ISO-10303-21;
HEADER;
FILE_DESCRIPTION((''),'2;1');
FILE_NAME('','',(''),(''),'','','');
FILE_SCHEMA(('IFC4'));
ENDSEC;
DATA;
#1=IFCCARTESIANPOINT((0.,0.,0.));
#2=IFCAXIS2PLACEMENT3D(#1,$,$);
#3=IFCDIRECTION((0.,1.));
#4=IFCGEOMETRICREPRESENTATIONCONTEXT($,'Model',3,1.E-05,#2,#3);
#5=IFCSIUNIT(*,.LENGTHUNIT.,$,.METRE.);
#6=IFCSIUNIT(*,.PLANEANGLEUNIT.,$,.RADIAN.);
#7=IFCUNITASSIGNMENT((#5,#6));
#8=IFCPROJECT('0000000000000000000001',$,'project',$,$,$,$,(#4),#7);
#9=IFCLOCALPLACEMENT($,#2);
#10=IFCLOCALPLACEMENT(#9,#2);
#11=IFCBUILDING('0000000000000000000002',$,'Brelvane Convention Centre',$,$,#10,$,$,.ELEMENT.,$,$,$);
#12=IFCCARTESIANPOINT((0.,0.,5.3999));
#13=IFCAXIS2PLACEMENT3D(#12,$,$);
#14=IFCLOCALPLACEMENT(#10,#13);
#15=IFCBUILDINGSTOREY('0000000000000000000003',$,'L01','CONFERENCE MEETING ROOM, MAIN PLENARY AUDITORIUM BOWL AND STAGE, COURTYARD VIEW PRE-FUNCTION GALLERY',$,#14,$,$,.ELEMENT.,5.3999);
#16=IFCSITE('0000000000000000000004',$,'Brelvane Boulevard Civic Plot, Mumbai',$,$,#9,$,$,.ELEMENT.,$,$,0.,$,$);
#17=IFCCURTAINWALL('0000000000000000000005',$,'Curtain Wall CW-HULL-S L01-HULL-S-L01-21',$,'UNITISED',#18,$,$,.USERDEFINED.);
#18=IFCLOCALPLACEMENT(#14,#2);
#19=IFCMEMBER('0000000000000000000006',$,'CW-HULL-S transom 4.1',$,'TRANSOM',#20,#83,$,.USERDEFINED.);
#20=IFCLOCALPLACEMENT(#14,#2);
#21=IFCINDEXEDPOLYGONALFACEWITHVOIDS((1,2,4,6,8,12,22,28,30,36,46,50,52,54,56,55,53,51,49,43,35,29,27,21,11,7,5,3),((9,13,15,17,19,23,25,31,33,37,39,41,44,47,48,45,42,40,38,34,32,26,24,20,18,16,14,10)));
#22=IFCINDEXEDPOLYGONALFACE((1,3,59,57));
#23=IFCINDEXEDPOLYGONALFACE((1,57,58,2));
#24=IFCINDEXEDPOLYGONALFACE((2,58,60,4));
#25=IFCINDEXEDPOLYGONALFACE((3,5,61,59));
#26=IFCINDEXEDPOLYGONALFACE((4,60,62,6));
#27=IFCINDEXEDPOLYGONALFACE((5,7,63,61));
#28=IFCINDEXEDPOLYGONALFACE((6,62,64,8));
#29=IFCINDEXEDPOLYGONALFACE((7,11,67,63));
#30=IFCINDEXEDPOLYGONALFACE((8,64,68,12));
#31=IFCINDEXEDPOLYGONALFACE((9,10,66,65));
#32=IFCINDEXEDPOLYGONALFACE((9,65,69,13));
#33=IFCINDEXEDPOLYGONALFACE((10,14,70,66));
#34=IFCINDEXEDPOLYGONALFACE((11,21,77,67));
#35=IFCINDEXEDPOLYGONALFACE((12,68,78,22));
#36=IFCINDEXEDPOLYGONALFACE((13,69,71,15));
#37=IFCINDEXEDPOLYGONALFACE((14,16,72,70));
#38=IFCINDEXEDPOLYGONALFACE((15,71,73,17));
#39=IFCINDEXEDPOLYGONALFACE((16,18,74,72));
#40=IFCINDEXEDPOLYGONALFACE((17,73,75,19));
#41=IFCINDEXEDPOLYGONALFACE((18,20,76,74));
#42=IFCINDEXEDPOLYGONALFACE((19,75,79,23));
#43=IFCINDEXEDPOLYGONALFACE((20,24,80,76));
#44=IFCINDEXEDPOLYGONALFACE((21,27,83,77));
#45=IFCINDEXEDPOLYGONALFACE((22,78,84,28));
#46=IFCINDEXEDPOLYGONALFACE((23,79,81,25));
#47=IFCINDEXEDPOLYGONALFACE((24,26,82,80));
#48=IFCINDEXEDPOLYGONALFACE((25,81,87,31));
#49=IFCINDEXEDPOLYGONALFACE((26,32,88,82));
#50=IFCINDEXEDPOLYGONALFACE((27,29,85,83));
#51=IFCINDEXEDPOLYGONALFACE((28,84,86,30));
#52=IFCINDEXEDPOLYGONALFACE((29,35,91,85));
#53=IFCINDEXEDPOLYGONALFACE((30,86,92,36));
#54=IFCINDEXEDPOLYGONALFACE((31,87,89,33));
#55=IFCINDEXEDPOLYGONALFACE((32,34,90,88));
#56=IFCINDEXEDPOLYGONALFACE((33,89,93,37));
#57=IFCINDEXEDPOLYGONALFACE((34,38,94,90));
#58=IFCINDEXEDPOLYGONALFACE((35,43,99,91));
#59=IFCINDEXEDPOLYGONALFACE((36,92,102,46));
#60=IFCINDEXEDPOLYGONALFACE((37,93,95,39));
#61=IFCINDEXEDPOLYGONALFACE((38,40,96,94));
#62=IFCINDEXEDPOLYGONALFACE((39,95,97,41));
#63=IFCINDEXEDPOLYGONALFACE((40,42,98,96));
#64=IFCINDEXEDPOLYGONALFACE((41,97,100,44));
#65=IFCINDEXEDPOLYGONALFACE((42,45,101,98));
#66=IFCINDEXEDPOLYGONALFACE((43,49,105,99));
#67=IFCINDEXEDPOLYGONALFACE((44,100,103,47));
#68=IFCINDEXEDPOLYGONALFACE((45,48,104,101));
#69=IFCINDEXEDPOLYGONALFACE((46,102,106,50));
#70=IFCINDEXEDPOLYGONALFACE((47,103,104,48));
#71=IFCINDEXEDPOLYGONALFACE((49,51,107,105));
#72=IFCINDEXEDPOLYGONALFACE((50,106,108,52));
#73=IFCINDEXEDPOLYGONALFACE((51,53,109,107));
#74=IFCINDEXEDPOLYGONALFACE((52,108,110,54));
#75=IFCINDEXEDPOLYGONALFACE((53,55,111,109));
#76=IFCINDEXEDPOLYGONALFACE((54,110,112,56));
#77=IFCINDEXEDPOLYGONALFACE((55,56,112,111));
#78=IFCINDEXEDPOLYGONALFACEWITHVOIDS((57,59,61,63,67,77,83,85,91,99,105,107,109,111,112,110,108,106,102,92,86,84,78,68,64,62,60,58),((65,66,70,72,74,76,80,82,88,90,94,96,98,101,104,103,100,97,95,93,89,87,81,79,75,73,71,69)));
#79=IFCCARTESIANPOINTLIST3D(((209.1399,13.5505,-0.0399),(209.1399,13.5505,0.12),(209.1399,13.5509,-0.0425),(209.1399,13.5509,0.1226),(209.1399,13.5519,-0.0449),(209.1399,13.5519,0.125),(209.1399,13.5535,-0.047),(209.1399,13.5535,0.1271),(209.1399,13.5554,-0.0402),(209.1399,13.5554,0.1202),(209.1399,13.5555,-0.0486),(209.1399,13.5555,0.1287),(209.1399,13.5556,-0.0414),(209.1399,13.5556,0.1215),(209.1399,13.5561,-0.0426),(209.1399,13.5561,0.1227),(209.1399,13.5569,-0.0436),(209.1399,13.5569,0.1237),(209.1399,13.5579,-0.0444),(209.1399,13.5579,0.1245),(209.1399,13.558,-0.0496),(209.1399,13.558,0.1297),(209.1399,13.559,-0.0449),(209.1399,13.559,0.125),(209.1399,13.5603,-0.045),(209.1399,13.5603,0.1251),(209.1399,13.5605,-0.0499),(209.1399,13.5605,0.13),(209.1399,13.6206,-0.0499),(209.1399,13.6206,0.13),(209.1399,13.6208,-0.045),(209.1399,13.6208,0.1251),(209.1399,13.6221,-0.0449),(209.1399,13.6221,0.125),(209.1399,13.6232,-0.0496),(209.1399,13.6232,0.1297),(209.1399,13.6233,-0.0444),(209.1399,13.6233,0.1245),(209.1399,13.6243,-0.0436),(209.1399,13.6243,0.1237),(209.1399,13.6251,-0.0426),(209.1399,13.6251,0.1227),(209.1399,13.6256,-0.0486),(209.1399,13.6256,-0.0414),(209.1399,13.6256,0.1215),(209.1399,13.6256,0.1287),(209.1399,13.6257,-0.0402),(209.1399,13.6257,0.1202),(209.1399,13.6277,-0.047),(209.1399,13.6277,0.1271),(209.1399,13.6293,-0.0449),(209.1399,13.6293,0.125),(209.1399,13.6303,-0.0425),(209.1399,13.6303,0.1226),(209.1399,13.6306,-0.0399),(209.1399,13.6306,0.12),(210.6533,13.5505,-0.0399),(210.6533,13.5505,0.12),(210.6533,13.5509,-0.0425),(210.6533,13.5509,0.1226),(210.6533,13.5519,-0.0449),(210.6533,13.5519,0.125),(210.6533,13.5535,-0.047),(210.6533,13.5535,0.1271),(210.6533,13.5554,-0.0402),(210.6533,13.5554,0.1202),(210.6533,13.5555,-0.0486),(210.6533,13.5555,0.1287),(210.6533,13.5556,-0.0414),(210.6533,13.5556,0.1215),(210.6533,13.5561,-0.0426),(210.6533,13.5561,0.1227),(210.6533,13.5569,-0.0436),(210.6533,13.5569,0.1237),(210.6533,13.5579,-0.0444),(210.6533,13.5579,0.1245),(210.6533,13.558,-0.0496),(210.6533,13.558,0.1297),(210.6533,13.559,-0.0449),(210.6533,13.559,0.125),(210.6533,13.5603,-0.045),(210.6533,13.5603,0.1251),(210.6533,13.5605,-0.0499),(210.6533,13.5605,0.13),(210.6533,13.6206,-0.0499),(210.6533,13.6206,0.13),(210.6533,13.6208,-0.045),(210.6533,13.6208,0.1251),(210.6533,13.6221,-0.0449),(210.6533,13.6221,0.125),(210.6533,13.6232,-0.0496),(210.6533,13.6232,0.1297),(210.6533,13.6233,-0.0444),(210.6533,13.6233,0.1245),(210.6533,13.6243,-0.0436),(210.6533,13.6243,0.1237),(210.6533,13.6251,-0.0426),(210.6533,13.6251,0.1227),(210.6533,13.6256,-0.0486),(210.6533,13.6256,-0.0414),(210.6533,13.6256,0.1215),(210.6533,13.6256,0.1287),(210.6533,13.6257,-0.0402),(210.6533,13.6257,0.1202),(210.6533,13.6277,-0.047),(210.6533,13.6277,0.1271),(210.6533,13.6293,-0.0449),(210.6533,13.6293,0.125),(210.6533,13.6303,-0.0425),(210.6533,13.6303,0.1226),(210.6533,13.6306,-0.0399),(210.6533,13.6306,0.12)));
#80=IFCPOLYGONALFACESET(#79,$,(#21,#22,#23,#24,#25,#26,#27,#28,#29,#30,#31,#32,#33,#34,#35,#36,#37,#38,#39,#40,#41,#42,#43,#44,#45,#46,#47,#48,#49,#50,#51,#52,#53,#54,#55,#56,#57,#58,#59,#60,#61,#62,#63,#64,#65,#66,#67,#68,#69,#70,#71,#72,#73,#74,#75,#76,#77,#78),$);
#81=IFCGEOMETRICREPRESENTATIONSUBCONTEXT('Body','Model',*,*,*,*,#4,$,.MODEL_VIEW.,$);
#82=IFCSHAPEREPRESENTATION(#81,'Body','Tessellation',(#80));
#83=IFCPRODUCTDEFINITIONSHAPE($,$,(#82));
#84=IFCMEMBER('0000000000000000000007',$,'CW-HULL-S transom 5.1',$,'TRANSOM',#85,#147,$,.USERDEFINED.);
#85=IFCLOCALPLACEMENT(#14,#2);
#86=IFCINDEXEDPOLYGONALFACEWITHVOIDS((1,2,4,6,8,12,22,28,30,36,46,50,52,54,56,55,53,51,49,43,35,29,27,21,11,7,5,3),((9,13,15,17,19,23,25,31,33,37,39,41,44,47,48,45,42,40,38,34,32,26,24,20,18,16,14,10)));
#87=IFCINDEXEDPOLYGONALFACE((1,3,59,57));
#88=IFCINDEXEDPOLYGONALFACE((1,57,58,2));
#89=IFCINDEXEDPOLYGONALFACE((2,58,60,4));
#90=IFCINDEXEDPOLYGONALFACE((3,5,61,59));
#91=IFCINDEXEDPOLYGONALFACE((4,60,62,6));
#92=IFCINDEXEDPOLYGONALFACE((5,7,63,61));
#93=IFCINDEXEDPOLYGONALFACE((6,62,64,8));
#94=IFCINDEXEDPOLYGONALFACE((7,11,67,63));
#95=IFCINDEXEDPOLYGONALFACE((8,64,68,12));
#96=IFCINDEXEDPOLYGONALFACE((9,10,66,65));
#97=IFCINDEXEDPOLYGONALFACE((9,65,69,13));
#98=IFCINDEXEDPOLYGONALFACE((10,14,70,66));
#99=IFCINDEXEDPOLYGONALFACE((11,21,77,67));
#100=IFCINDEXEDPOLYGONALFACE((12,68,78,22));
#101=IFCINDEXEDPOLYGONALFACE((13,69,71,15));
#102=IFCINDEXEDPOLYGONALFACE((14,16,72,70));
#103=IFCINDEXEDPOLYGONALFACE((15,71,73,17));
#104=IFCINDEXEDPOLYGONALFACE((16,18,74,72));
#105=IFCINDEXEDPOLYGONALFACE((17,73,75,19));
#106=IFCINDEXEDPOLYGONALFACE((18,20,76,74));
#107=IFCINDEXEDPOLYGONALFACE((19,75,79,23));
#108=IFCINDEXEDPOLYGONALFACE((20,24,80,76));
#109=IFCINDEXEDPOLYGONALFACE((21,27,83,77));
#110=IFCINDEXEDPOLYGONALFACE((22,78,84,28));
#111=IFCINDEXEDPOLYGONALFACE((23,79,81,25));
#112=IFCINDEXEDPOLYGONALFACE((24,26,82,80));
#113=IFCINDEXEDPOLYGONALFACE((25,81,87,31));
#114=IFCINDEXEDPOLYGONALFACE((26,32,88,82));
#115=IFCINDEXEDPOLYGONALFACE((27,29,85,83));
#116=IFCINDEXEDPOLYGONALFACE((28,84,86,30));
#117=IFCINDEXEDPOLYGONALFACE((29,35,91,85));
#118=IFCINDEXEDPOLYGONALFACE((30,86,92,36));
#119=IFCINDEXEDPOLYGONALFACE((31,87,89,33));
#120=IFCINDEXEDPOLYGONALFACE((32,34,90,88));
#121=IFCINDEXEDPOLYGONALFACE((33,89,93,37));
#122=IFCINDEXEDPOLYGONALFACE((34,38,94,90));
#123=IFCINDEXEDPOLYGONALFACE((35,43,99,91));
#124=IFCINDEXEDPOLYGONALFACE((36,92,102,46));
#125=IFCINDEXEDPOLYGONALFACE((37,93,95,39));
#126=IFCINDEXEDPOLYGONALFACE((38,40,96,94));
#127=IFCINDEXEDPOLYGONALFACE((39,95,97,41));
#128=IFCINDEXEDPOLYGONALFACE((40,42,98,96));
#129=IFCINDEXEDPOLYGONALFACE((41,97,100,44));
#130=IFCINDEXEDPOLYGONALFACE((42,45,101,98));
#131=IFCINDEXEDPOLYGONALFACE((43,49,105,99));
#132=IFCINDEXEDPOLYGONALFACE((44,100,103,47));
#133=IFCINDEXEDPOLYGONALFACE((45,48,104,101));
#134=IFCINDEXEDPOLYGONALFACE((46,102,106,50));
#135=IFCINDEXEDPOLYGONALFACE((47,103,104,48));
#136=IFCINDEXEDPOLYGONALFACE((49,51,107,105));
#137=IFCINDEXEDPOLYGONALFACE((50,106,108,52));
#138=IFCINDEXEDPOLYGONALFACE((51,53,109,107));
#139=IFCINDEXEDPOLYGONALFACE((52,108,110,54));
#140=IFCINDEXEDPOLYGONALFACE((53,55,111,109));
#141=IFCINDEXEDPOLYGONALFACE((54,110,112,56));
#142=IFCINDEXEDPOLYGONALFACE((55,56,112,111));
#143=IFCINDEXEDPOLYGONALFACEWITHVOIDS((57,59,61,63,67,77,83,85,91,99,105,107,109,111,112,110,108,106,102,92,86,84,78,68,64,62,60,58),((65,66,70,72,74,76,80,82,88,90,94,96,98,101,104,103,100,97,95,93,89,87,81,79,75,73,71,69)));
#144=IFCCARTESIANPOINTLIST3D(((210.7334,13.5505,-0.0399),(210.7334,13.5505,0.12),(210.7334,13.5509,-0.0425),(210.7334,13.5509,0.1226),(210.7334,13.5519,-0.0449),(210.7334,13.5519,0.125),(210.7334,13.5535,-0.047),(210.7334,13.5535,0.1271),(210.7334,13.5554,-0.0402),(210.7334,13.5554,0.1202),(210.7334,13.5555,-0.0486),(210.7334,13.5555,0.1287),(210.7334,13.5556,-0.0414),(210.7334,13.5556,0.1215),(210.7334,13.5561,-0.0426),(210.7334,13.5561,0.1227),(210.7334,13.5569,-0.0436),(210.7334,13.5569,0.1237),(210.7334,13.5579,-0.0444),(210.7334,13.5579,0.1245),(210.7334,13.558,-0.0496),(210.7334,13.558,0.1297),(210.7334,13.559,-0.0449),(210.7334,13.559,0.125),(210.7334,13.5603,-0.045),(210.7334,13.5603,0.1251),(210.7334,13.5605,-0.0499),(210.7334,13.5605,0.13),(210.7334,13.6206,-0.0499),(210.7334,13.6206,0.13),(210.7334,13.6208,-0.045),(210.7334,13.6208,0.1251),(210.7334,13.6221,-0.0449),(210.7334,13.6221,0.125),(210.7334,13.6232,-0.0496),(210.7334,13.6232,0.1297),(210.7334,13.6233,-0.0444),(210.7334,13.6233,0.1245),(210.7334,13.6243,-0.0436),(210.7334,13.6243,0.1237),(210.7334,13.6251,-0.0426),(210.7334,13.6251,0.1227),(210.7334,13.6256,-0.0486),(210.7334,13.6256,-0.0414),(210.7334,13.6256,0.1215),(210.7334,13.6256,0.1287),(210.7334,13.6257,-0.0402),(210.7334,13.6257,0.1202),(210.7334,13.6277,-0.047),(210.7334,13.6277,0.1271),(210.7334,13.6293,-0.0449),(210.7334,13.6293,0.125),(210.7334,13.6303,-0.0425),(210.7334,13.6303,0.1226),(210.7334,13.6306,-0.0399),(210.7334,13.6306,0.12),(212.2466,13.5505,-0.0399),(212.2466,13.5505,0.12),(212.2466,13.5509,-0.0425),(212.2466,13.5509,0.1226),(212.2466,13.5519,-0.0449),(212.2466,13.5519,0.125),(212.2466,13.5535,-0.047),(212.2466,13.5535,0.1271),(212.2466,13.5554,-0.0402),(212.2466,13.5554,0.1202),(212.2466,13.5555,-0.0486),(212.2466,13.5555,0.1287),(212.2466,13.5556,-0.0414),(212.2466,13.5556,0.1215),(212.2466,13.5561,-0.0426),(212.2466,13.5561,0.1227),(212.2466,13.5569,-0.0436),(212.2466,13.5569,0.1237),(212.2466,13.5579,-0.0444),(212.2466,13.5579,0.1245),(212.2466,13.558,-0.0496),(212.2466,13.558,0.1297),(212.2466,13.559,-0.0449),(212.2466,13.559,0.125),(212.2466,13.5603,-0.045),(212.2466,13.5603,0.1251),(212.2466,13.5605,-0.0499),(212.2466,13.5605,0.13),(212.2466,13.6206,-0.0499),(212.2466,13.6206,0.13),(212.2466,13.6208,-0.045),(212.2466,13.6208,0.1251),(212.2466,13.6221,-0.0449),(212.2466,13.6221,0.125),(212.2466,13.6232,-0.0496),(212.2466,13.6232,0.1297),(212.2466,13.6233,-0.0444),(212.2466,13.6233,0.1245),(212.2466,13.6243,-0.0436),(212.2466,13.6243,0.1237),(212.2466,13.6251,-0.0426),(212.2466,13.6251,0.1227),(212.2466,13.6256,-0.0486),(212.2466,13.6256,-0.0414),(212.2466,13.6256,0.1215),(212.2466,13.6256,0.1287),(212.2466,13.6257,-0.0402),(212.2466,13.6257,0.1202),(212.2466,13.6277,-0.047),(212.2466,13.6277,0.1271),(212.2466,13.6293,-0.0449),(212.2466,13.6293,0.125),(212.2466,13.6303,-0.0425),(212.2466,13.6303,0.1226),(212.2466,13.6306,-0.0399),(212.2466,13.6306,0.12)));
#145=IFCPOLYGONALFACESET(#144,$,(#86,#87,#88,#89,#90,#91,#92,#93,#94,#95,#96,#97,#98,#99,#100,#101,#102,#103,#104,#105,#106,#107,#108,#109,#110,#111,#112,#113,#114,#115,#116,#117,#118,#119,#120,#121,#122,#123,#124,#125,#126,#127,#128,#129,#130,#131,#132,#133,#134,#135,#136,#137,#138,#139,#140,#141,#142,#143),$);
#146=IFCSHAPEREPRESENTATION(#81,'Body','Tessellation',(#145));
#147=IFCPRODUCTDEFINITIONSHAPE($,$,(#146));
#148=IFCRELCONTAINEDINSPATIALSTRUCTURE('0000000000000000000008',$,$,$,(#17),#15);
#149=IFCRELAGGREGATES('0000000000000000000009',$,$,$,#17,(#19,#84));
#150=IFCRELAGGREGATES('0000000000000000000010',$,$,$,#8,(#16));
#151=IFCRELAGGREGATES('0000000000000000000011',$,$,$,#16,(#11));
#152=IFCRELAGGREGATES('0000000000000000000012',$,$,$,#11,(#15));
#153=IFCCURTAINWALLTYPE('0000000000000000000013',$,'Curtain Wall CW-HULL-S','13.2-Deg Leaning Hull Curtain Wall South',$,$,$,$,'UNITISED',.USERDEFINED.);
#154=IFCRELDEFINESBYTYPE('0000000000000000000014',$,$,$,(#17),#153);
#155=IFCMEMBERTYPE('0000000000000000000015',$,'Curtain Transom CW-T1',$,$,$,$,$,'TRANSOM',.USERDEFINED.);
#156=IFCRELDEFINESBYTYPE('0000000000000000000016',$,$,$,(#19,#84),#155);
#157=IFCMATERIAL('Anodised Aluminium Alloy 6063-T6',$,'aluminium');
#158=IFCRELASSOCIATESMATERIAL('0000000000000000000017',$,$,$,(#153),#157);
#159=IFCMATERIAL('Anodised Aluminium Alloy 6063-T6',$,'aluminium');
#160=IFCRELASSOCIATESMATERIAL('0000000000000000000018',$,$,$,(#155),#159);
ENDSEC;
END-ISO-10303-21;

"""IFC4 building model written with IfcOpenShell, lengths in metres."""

from ifc_helpers import new_model, si_unit, direction, frame, origin, origin_2d, place, context, subcontext, project, spatial, hollow_rectangle, extrude, material, material_profile, profile_set, type_object, element, aggregate, save


model = new_model("IFC4")

# Units and contexts
model_context = context("Model", 3, precision=1e-05, world=origin(), true_north=direction((0.0, 1.0)))
body_context = subcontext(model_context, "Body", "Model", "MODEL_VIEW")
ifc_project = project(units=[si_unit("LENGTHUNIT", "METRE"), si_unit("PLANEANGLEUNIT", "RADIAN")], contexts=[model_context])

# Site, building, storey
site_placement = place(None, origin())
site = spatial("IfcSite", under=ifc_project, at=site_placement, Name="Brelvane Boulevard Civic Plot, Mumbai", CompositionType="ELEMENT", RefElevation=0.0)
building_placement = place(site_placement, origin())
building = spatial("IfcBuilding", under=site, at=building_placement, Name="Brelvane Convention Centre", CompositionType="ELEMENT")
storey_placement = place(building_placement, frame((0.0, 0.0, 5.3999)))
storey = spatial("IfcBuildingStorey", under=building, at=storey_placement, Name="L01", Description="CONFERENCE MEETING ROOM, MAIN PLENARY AUDITORIUM BOWL AND STAGE, COURTYARD VIEW PRE-FUNCTION GALLERY", CompositionType="ELEMENT", Elevation=5.3999)

# Curtain wall
ifc_material_1 = material(Name="Anodised Aluminium Alloy 6063-T6", Category="aluminium")
curtain_wall_type = type_object("IfcCurtainWallType", Name="Curtain Wall CW-HULL-S", Description="13.2-Deg Leaning Hull Curtain Wall South", ElementType="UNITISED", PredefinedType="USERDEFINED", material=ifc_material_1)
curtain_wall_1_placement = place(storey_placement, origin())
curtain_wall_1 = element("IfcCurtainWall", 1, at=curtain_wall_1_placement, inside=storey, type_object=curtain_wall_type, Name="Curtain Wall CW-HULL-S L01-HULL-S-L01-21", ObjectType="UNITISED", PredefinedType="USERDEFINED")

# Members
ifc_material_2 = material(Name="Anodised Aluminium Alloy 6063-T6", Category="aluminium")
ifc_material_profile_1 = material_profile(ifc_material_2, hollow_rectangle(XDim=0.0801, YDim=0.1799, WallThickness=0.0049, InnerFilletRadius=0.0049, OuterFilletRadius=0.01, at=origin_2d()), Name="ALU-T 180x80x5.0")
ifc_profile_set_1 = profile_set([ifc_material_profile_1], Name="Anodised Aluminium Alloy 6063-T6")
member_type_1 = type_object("IfcMemberType", Name="Curtain Transom CW-T1", ElementType="TRANSOM", PredefinedType="USERDEFINED", material=ifc_profile_set_1)
member_1_placement = place(storey_placement, frame((209.1399, 13.5906, 0.04), z_axis=(1.0, 0.0, 0.0), x_axis=(0.0, 1.0, 0.0)))
member_1 = element("IfcMember", 2, at=member_1_placement, type_object=member_type_1, Name="CW-HULL-S transom 4.1", ObjectType="TRANSOM", PredefinedType="USERDEFINED", context=body_context, shape_type="SweptSolid", body=[
    extrude(hollow_rectangle(XDim=0.0801, YDim=0.1799, WallThickness=0.0049, InnerFilletRadius=0.0049, OuterFilletRadius=0.01, at=origin_2d()), origin(), (0.0, 0.0, 1.0), 1.5134),
])
member_2_placement = place(storey_placement, frame((210.7334, 13.5906, 0.04), z_axis=(1.0, 0.0, 0.0), x_axis=(0.0, 1.0, 0.0)))
member_2 = element("IfcMember", 3, at=member_2_placement, type_object=member_type_1, Name="CW-HULL-S transom 5.1", ObjectType="TRANSOM", PredefinedType="USERDEFINED", context=body_context, shape_type="SweptSolid", body=[
    extrude(hollow_rectangle(XDim=0.0801, YDim=0.1799, WallThickness=0.0049, InnerFilletRadius=0.0049, OuterFilletRadius=0.01, at=origin_2d()), origin(), (0.0, 0.0, 1.0), 1.5132),
])
aggregate(curtain_wall_1, [member_1, member_2])

save(model, "model.ifc")
